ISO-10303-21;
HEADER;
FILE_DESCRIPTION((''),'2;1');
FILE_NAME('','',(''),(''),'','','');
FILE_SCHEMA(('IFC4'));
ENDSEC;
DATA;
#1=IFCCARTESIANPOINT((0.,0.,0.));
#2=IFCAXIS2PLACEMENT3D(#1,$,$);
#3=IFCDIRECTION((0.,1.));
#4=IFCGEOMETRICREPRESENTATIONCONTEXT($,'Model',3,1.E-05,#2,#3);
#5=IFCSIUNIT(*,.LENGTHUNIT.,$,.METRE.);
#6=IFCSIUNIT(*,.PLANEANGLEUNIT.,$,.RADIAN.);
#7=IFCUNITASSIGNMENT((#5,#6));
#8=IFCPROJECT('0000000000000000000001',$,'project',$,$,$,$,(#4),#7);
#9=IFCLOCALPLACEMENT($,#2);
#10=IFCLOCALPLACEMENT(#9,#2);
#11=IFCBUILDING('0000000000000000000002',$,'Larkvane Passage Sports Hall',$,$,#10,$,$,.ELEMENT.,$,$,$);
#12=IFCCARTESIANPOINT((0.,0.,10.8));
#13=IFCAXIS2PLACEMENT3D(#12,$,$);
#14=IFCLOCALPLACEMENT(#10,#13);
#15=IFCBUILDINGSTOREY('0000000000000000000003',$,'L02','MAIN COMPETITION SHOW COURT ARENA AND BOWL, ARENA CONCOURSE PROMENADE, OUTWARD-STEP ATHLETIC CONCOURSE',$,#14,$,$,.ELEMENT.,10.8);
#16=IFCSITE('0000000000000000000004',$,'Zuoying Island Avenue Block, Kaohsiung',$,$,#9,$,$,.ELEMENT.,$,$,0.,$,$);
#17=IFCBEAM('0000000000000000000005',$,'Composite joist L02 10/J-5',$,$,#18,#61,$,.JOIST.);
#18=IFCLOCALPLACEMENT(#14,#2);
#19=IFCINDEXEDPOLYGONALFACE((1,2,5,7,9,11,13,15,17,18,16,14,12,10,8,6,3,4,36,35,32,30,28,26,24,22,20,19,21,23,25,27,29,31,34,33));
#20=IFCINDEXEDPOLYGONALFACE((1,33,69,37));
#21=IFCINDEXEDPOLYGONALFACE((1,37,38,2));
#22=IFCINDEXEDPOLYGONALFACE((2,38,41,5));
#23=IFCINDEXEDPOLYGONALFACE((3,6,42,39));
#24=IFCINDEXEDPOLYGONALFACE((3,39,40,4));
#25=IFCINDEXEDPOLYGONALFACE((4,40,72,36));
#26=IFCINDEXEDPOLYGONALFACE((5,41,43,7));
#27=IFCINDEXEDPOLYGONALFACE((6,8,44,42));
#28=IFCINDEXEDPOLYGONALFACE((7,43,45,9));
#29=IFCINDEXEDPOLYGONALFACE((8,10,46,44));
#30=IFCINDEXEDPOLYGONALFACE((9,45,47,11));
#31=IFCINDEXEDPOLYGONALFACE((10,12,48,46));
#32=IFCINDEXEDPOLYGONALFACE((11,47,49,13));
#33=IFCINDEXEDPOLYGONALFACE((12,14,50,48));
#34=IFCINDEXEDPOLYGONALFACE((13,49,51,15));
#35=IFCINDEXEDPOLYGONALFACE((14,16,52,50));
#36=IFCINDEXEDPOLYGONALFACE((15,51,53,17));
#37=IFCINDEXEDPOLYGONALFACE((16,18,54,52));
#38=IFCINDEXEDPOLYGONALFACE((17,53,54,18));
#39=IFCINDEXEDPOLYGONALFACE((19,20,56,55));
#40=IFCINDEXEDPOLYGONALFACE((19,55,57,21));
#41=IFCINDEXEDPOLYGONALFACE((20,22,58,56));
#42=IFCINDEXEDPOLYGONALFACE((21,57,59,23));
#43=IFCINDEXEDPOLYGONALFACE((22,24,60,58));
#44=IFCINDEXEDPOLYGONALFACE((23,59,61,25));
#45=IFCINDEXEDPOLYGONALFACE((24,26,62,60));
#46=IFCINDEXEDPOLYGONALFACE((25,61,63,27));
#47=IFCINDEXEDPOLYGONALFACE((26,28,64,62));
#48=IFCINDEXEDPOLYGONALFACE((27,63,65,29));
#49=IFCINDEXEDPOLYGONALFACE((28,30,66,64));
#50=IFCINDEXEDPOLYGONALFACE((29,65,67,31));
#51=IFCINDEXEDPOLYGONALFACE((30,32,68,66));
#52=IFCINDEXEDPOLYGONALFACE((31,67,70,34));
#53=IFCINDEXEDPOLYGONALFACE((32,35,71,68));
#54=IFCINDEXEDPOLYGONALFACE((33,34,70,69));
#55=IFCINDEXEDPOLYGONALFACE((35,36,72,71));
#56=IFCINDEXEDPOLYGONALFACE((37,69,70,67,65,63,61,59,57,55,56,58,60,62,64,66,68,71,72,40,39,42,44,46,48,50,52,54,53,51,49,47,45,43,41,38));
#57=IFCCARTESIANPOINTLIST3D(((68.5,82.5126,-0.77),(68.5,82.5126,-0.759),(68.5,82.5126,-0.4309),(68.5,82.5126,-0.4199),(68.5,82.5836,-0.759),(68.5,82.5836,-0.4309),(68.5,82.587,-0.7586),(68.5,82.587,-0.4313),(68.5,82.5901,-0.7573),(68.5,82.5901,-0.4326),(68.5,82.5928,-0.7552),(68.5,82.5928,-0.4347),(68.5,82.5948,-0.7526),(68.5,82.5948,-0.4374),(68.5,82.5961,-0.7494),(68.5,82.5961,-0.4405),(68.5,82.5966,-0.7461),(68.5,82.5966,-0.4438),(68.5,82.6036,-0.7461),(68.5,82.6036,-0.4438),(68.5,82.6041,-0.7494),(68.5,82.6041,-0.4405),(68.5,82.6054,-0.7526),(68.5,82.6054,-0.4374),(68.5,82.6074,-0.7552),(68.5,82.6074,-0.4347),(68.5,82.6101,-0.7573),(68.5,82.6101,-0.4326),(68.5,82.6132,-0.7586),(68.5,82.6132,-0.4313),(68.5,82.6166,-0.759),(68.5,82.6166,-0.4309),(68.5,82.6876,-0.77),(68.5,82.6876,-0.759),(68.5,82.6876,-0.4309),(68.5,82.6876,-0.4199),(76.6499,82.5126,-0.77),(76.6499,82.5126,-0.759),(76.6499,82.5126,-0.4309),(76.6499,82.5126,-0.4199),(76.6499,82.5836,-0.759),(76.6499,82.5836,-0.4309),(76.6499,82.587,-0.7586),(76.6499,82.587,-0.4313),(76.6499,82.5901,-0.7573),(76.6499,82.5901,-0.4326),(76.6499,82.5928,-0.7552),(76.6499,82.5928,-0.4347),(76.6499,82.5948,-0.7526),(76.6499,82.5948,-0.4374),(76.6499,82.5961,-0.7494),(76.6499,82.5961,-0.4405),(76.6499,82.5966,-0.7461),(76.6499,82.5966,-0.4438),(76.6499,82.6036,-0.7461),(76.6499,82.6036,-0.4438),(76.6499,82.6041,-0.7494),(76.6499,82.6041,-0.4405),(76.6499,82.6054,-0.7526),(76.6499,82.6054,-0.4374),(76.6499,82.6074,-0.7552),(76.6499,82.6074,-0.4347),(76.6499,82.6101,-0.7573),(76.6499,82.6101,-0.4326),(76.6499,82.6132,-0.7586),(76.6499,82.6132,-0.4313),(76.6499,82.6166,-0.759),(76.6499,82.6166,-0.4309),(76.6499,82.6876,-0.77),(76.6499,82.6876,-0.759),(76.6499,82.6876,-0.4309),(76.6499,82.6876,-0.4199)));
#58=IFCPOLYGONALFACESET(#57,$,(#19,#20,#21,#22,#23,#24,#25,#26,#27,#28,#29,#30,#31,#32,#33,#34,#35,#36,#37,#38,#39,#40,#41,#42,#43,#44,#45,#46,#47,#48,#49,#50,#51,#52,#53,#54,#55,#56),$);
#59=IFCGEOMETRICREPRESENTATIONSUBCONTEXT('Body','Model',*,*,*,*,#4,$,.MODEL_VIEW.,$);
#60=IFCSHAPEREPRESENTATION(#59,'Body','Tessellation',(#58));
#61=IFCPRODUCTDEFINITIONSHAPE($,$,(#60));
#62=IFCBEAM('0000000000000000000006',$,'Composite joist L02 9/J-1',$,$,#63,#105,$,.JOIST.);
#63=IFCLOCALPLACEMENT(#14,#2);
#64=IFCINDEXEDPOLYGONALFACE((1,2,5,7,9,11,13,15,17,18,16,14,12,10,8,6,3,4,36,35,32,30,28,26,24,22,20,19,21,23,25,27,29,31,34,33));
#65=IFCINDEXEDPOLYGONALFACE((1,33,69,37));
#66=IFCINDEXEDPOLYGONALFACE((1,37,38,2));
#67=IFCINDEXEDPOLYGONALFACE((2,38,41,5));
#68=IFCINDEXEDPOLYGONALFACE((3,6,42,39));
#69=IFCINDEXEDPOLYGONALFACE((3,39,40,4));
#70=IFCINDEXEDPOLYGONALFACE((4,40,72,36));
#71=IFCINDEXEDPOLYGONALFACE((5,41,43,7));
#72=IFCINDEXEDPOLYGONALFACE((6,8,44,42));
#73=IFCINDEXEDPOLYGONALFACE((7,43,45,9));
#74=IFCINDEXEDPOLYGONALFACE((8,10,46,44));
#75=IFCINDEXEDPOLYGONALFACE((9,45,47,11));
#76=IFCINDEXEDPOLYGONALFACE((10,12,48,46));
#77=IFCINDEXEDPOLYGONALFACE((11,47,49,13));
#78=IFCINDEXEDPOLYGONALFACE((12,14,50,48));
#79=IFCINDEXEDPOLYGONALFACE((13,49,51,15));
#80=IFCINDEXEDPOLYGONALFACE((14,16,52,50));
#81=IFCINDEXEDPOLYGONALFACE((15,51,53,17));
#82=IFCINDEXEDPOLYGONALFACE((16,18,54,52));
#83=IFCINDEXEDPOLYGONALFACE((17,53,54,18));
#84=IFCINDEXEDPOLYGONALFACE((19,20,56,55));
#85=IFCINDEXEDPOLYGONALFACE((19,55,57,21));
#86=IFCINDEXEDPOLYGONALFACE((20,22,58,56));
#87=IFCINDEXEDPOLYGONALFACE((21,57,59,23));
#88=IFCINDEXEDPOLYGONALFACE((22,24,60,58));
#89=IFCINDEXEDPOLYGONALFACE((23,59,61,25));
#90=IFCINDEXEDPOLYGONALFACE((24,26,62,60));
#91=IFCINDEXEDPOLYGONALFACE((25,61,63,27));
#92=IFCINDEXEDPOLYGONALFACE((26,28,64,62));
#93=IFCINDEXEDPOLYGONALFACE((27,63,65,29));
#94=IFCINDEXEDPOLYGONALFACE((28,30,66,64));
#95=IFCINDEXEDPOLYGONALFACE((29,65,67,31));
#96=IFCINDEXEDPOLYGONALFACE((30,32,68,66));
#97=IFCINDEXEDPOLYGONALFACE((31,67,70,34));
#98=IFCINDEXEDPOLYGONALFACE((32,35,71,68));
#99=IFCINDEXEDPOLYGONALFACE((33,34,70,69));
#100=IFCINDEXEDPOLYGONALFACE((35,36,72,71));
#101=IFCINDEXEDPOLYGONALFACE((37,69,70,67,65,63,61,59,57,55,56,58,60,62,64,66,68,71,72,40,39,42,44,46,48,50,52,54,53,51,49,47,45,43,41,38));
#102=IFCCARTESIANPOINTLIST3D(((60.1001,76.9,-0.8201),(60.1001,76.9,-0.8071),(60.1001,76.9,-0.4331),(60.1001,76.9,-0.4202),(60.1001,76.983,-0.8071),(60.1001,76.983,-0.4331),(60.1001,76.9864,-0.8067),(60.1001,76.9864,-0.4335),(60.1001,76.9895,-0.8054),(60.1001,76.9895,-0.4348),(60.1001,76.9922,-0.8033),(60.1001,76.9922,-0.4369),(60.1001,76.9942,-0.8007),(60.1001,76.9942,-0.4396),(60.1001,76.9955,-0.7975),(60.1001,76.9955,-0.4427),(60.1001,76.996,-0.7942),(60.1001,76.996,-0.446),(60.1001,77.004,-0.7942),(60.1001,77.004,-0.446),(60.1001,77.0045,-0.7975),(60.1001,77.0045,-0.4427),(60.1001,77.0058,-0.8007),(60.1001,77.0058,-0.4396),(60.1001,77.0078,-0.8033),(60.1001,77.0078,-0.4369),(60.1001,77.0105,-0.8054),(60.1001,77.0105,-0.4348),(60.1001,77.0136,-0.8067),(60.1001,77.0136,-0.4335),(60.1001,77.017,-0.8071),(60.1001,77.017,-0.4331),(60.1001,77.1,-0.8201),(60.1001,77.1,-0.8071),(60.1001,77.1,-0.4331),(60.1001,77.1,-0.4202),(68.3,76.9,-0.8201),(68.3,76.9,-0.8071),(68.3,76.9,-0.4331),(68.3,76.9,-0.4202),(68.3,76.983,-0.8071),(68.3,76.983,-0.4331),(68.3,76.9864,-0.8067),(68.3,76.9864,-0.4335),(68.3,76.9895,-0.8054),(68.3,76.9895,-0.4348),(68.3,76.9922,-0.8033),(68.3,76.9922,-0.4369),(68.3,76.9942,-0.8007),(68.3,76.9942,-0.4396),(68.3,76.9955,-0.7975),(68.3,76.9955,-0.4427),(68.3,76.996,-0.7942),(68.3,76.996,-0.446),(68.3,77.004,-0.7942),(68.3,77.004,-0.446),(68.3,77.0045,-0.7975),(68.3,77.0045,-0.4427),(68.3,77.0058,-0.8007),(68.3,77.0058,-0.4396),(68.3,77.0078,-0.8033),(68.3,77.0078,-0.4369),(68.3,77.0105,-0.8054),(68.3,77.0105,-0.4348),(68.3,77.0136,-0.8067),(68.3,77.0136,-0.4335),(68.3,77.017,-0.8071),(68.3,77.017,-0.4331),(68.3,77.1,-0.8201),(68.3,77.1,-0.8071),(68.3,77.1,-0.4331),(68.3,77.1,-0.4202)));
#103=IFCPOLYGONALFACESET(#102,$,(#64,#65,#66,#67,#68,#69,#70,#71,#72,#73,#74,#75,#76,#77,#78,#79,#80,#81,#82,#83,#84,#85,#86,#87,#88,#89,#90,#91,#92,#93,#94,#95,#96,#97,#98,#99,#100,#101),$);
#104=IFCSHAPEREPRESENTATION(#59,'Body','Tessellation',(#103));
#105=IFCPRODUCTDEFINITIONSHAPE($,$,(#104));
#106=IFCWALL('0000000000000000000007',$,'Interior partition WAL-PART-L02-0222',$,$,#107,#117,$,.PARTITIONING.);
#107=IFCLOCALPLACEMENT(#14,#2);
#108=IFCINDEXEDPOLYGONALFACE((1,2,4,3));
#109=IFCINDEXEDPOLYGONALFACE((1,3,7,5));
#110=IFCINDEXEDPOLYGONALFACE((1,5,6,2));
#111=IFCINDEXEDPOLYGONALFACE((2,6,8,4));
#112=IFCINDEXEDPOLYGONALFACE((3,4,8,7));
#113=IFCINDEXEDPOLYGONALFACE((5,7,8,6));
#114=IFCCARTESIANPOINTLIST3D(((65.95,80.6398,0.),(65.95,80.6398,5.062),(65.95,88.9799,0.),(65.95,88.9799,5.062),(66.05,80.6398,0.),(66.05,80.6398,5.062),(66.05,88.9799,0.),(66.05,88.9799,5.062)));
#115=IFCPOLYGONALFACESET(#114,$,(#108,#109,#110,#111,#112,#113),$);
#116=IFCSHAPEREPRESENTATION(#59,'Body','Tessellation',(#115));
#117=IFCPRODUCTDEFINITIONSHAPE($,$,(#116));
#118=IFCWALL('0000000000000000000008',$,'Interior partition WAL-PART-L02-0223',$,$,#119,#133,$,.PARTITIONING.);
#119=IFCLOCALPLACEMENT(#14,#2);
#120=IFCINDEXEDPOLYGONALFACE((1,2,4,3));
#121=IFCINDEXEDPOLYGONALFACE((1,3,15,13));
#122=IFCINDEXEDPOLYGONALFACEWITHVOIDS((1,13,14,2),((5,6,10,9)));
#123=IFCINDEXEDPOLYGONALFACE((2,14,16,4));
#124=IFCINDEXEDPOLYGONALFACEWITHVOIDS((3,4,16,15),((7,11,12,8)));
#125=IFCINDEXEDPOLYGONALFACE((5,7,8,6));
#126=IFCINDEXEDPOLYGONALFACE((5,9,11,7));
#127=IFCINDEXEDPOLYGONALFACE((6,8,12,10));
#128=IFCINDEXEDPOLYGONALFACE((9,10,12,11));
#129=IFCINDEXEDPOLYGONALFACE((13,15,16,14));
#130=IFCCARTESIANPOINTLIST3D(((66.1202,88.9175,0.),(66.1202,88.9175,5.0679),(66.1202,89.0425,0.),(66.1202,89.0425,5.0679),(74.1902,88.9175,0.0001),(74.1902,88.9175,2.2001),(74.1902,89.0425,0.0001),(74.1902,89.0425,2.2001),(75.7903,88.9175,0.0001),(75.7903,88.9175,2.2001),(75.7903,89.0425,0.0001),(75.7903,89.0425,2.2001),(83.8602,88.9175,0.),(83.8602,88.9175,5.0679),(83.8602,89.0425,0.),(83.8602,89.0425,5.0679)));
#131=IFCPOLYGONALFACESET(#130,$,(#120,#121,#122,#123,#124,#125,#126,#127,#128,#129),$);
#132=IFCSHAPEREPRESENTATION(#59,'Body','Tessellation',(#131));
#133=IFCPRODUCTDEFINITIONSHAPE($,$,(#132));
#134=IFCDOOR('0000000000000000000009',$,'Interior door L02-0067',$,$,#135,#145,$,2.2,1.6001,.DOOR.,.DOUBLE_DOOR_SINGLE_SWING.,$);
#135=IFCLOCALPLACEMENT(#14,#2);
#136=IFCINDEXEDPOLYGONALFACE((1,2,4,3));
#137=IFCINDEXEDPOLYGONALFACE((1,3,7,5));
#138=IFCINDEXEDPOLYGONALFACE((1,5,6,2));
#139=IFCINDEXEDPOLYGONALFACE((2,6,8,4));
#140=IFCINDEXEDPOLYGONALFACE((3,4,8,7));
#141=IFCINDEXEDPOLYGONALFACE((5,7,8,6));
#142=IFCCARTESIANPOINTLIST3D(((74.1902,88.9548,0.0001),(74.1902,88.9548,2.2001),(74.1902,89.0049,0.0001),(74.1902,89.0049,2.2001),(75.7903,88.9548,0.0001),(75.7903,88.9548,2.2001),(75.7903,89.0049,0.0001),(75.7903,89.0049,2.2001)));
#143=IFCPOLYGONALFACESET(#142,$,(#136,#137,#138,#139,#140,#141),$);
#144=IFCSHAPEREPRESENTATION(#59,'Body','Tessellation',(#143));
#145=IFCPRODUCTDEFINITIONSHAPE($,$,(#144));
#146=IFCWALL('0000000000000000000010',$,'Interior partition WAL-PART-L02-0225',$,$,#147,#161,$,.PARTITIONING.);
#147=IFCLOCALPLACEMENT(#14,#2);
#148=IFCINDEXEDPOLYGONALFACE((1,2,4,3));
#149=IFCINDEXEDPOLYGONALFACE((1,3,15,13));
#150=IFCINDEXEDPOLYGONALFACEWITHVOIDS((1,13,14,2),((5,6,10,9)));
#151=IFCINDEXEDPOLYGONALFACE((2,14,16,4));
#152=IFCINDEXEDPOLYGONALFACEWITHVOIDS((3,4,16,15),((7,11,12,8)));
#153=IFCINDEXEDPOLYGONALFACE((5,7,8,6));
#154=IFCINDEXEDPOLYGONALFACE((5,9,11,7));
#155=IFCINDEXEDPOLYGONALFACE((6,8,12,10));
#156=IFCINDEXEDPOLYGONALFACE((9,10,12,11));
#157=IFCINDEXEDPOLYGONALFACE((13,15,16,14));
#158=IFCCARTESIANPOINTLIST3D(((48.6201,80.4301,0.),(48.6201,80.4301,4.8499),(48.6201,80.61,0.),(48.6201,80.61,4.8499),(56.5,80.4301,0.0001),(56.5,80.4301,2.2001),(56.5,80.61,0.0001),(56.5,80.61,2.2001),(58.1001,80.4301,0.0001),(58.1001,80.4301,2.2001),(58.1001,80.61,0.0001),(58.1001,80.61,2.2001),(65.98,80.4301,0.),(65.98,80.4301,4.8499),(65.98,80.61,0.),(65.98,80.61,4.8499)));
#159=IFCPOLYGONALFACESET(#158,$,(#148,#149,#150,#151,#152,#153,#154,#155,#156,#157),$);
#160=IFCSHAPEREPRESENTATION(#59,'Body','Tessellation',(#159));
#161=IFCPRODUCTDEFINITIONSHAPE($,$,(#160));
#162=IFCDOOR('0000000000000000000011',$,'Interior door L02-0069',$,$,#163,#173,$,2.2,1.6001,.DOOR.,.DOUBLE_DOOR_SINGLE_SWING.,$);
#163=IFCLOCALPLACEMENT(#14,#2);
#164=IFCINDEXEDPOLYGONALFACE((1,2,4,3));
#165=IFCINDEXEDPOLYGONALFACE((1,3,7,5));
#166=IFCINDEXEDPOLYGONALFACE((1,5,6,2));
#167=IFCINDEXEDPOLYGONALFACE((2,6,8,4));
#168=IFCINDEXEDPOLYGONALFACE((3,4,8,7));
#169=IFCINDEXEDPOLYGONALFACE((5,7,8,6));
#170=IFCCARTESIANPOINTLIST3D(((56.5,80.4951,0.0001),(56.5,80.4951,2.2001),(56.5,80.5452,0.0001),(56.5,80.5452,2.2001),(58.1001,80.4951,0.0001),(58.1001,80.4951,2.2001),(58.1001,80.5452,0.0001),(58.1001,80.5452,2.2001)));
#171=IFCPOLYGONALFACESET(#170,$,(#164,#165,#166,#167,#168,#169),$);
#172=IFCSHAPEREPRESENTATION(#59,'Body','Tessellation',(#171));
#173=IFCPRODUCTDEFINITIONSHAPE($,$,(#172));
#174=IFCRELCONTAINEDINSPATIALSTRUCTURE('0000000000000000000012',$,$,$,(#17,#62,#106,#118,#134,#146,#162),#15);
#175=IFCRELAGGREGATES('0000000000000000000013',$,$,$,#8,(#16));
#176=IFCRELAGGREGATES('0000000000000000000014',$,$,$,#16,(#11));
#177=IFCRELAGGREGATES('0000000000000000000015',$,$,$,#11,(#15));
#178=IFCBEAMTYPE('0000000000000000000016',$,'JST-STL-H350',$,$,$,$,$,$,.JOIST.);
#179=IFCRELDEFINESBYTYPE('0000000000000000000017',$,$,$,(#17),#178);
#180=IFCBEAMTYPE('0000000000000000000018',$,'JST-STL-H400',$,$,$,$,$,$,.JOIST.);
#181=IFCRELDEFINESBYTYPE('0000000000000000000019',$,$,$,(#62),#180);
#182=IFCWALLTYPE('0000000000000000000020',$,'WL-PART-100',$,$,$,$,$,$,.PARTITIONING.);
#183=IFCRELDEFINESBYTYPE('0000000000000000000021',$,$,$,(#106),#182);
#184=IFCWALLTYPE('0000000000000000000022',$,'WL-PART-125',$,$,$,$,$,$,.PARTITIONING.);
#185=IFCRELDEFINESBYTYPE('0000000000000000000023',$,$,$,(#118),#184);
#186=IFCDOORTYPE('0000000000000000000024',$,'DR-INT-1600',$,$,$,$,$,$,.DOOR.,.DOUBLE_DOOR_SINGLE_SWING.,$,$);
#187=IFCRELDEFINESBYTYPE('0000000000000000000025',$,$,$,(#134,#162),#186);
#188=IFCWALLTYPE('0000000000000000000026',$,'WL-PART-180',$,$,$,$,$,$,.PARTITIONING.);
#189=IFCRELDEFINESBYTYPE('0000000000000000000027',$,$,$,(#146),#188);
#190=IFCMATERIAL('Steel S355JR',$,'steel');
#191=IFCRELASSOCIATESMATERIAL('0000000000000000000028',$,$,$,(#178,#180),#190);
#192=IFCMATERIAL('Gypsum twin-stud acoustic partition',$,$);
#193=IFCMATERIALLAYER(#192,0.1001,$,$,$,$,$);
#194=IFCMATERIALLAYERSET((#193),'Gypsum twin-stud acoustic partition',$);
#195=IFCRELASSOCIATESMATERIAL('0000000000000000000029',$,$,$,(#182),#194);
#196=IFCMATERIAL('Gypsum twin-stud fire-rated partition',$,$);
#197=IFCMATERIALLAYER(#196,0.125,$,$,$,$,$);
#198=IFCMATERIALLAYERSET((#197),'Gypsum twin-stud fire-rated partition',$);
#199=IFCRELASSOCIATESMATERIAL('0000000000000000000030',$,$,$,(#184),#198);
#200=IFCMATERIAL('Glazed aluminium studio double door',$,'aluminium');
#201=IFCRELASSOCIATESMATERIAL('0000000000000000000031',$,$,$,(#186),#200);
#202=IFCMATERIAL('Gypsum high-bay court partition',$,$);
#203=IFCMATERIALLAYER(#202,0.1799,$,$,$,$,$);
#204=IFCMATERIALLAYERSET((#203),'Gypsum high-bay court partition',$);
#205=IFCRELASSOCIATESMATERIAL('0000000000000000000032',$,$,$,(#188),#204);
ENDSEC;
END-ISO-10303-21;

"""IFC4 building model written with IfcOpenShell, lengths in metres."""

from ifc_helpers import new_model, si_unit, direction, frame, frame_2d, origin, origin_2d, place, context, subcontext, project, spatial, rectangle, i_section, extrude, material, layer, layer_set, material_profile, profile_set, type_object, element, fill, save


model = new_model("IFC4")

# Units and contexts
model_context = context("Model", 3, precision=1e-05, world=origin(), true_north=direction((0.0, 1.0)))
body_context = subcontext(model_context, "Body", "Model", "MODEL_VIEW")
ifc_project = project(units=[si_unit("LENGTHUNIT", "METRE"), si_unit("PLANEANGLEUNIT", "RADIAN")], contexts=[model_context])

# Site, building, storey
site_placement = place(None, origin())
site = spatial("IfcSite", under=ifc_project, at=site_placement, Name="Zuoying Island Avenue Block, Kaohsiung", CompositionType="ELEMENT", RefElevation=0.0)
building_placement = place(site_placement, origin())
building = spatial("IfcBuilding", under=site, at=building_placement, Name="Larkvane Passage Sports Hall", CompositionType="ELEMENT")
storey_placement = place(building_placement, frame((0.0, 0.0, 10.8)))
storey = spatial("IfcBuildingStorey", under=building, at=storey_placement, Name="L02", Description="MAIN COMPETITION SHOW COURT ARENA AND BOWL, ARENA CONCOURSE PROMENADE, OUTWARD-STEP ATHLETIC CONCOURSE", CompositionType="ELEMENT", Elevation=10.8)

# Shared definitions
ifc_material_1 = material(Name="Steel S355JR", Category="steel")

# Beams
ifc_material_profile_1 = material_profile(ifc_material_1, i_section(OverallWidth=0.175, OverallDepth=0.3501, WebThickness=0.0071, FlangeThickness=0.011, FilletRadius=0.0129, at=origin_2d()), Name="H-350x175x7x11")
ifc_profile_set_1 = profile_set([ifc_material_profile_1], Name="Steel S355JR")
beam_type_1 = type_object("IfcBeamType", Name="JST-STL-H350", PredefinedType="JOIST", material=ifc_profile_set_1)
beam_1_placement = place(storey_placement, frame((68.5, 82.6001, -0.595), z_axis=(1.0, 0.0, 0.0), x_axis=(0.0, 1.0, 0.0)))
element("IfcBeam", 1, at=beam_1_placement, inside=storey, type_object=beam_type_1, Name="Composite joist L02 10/J-5", PredefinedType="JOIST", context=body_context, shape_type="SweptSolid", body=[
    extrude(i_section(OverallWidth=0.175, OverallDepth=0.3501, WebThickness=0.0071, FlangeThickness=0.011, FilletRadius=0.0129, at=origin_2d()), origin(), (0.0, 0.0, 1.0), 8.1499),
])
ifc_material_profile_2 = material_profile(ifc_material_1, i_section(OverallWidth=0.2, OverallDepth=0.3999, WebThickness=0.0081, FlangeThickness=0.0129, FilletRadius=0.0129, at=origin_2d()), Name="H-400x200x8x13")
ifc_profile_set_2 = profile_set([ifc_material_profile_2], Name="Steel S355JR")
beam_type_2 = type_object("IfcBeamType", Name="JST-STL-H400", PredefinedType="JOIST", material=ifc_profile_set_2)
beam_2_placement = place(storey_placement, frame((60.1001, 77.0, -0.6201), z_axis=(1.0, 0.0, 0.0), x_axis=(0.0, 1.0, 0.0)))
element("IfcBeam", 2, at=beam_2_placement, inside=storey, type_object=beam_type_2, Name="Composite joist L02 9/J-1", PredefinedType="JOIST", context=body_context, shape_type="SweptSolid", body=[
    extrude(i_section(OverallWidth=0.2, OverallDepth=0.3999, WebThickness=0.0081, FlangeThickness=0.0129, FilletRadius=0.0129, at=origin_2d()), origin(), (0.0, 0.0, 1.0), 8.2),
])

# Wall
ifc_material_2 = material(Name="Gypsum twin-stud acoustic partition")
ifc_layer_1 = layer(ifc_material_2, 0.1001)
ifc_layer_set_1 = layer_set([ifc_layer_1], Name="Gypsum twin-stud acoustic partition")
wall_type_1 = type_object("IfcWallType", Name="WL-PART-100", PredefinedType="PARTITIONING", material=ifc_layer_set_1)
wall_1_placement = place(storey_placement, frame((66.0, 80.6399, 0.0), z_axis=(0.0, 0.0, 1.0), x_axis=(0.0, 1.0, 0.0)))
element("IfcWall", 3, at=wall_1_placement, inside=storey, type_object=wall_type_1, Name="Interior partition WAL-PART-L02-0222", PredefinedType="PARTITIONING", context=body_context, shape_type="SweptSolid", body=[
    extrude(rectangle(XDim=8.3401, YDim=0.1001, at=frame_2d((4.1699, 0.0))), origin(), (0.0, 0.0, 1.0), 5.062),
])

# Walls, openings, doors
ifc_material_3 = material(Name="Gypsum twin-stud fire-rated partition")
ifc_layer_2 = layer(ifc_material_3, 0.125)
ifc_layer_set_2 = layer_set([ifc_layer_2], Name="Gypsum twin-stud fire-rated partition")
wall_type_2 = type_object("IfcWallType", Name="WL-PART-125", PredefinedType="PARTITIONING", material=ifc_layer_set_2)
wall_2_placement = place(storey_placement, frame((66.1201, 88.98, 0.0), z_axis=(0.0, 0.0, 1.0), x_axis=(1.0, 0.0, 0.0)))
wall_2 = element("IfcWall", 4, at=wall_2_placement, inside=storey, type_object=wall_type_2, Name="Interior partition WAL-PART-L02-0223", PredefinedType="PARTITIONING", context=body_context, shape_type="SweptSolid", body=[
    extrude(rectangle(XDim=17.74, YDim=0.125, at=frame_2d((8.8701, 0.0))), origin(), (0.0, 0.0, 1.0), 5.0679),
])
opening_1_placement = place(wall_2_placement, frame((8.0701, 0.0, 0.0)))
opening_1 = element("IfcOpeningElement", 5, at=opening_1_placement, cuts=wall_2, PredefinedType="OPENING", context=body_context, shape_type="SweptSolid", body=[
    extrude(rectangle(XDim=1.6001, YDim=2.2, at=frame_2d((0.8, 1.1001))), frame((0.0, 0.0725, 0.0), z_axis=(0.0, -1.0, 0.0), x_axis=(1.0, 0.0, 0.0)), (0.0, 0.0, 1.0), 0.145),
])
ifc_material_4 = material(Name="Glazed aluminium studio double door", Category="aluminium")
door_type = type_object("IfcDoorType", Name="DR-INT-1600", OperationType="DOUBLE_DOOR_SINGLE_SWING", PredefinedType="DOOR", material=ifc_material_4)
door_1_placement = place(opening_1_placement, origin())
door_1 = element("IfcDoor", 6, at=door_1_placement, inside=storey, type_object=door_type, Name="Interior door L02-0067", OperationType="DOUBLE_DOOR_SINGLE_SWING", OverallHeight=2.2, OverallWidth=1.6001, PredefinedType="DOOR", context=body_context, shape_type="SweptSolid", body=[
    extrude(rectangle(XDim=1.6001, YDim=2.2, at=frame_2d((0.8, 1.1001))), frame((0.0, 0.0249, 0.0), z_axis=(0.0, -1.0, 0.0), x_axis=(1.0, 0.0, 0.0)), (0.0, 0.0, 1.0), 0.05),
])
fill(opening_1, door_1)
ifc_material_5 = material(Name="Gypsum high-bay court partition")
ifc_layer_3 = layer(ifc_material_5, 0.1799)
ifc_layer_set_3 = layer_set([ifc_layer_3], Name="Gypsum high-bay court partition")
wall_type_3 = type_object("IfcWallType", Name="WL-PART-180", PredefinedType="PARTITIONING", material=ifc_layer_set_3)
wall_3_placement = place(storey_placement, frame((65.98, 80.52, 0.0), z_axis=(0.0, 0.0, 1.0), x_axis=(-1.0, 0.0, 0.0)))
wall_3 = element("IfcWall", 7, at=wall_3_placement, inside=storey, type_object=wall_type_3, Name="Interior partition WAL-PART-L02-0225", PredefinedType="PARTITIONING", context=body_context, shape_type="SweptSolid", body=[
    extrude(rectangle(XDim=17.3599, YDim=0.1799, at=frame_2d((8.6799, 0.0))), origin(), (0.0, 0.0, 1.0), 4.8499),
])
opening_2_placement = place(wall_3_placement, frame((7.8799, 0.0, 0.0)))
opening_2 = element("IfcOpeningElement", 8, at=opening_2_placement, cuts=wall_3, PredefinedType="OPENING", context=body_context, shape_type="SweptSolid", body=[
    extrude(rectangle(XDim=1.6001, YDim=2.2, at=frame_2d((0.8, 1.1001))), frame((0.0, 0.0999, 0.0), z_axis=(0.0, -1.0, 0.0), x_axis=(1.0, 0.0, 0.0)), (0.0, 0.0, 1.0), 0.2),
])
door_2_placement = place(opening_2_placement, origin())
door_2 = element("IfcDoor", 9, at=door_2_placement, inside=storey, type_object=door_type, Name="Interior door L02-0069", OperationType="DOUBLE_DOOR_SINGLE_SWING", OverallHeight=2.2, OverallWidth=1.6001, PredefinedType="DOOR", context=body_context, shape_type="SweptSolid", body=[
    extrude(rectangle(XDim=1.6001, YDim=2.2, at=frame_2d((0.8, 1.1001))), frame((0.0, 0.0249, 0.0), z_axis=(0.0, -1.0, 0.0), x_axis=(1.0, 0.0, 0.0)), (0.0, 0.0, 1.0), 0.05),
])
fill(opening_2, door_2)

save(model, "model.ifc")
